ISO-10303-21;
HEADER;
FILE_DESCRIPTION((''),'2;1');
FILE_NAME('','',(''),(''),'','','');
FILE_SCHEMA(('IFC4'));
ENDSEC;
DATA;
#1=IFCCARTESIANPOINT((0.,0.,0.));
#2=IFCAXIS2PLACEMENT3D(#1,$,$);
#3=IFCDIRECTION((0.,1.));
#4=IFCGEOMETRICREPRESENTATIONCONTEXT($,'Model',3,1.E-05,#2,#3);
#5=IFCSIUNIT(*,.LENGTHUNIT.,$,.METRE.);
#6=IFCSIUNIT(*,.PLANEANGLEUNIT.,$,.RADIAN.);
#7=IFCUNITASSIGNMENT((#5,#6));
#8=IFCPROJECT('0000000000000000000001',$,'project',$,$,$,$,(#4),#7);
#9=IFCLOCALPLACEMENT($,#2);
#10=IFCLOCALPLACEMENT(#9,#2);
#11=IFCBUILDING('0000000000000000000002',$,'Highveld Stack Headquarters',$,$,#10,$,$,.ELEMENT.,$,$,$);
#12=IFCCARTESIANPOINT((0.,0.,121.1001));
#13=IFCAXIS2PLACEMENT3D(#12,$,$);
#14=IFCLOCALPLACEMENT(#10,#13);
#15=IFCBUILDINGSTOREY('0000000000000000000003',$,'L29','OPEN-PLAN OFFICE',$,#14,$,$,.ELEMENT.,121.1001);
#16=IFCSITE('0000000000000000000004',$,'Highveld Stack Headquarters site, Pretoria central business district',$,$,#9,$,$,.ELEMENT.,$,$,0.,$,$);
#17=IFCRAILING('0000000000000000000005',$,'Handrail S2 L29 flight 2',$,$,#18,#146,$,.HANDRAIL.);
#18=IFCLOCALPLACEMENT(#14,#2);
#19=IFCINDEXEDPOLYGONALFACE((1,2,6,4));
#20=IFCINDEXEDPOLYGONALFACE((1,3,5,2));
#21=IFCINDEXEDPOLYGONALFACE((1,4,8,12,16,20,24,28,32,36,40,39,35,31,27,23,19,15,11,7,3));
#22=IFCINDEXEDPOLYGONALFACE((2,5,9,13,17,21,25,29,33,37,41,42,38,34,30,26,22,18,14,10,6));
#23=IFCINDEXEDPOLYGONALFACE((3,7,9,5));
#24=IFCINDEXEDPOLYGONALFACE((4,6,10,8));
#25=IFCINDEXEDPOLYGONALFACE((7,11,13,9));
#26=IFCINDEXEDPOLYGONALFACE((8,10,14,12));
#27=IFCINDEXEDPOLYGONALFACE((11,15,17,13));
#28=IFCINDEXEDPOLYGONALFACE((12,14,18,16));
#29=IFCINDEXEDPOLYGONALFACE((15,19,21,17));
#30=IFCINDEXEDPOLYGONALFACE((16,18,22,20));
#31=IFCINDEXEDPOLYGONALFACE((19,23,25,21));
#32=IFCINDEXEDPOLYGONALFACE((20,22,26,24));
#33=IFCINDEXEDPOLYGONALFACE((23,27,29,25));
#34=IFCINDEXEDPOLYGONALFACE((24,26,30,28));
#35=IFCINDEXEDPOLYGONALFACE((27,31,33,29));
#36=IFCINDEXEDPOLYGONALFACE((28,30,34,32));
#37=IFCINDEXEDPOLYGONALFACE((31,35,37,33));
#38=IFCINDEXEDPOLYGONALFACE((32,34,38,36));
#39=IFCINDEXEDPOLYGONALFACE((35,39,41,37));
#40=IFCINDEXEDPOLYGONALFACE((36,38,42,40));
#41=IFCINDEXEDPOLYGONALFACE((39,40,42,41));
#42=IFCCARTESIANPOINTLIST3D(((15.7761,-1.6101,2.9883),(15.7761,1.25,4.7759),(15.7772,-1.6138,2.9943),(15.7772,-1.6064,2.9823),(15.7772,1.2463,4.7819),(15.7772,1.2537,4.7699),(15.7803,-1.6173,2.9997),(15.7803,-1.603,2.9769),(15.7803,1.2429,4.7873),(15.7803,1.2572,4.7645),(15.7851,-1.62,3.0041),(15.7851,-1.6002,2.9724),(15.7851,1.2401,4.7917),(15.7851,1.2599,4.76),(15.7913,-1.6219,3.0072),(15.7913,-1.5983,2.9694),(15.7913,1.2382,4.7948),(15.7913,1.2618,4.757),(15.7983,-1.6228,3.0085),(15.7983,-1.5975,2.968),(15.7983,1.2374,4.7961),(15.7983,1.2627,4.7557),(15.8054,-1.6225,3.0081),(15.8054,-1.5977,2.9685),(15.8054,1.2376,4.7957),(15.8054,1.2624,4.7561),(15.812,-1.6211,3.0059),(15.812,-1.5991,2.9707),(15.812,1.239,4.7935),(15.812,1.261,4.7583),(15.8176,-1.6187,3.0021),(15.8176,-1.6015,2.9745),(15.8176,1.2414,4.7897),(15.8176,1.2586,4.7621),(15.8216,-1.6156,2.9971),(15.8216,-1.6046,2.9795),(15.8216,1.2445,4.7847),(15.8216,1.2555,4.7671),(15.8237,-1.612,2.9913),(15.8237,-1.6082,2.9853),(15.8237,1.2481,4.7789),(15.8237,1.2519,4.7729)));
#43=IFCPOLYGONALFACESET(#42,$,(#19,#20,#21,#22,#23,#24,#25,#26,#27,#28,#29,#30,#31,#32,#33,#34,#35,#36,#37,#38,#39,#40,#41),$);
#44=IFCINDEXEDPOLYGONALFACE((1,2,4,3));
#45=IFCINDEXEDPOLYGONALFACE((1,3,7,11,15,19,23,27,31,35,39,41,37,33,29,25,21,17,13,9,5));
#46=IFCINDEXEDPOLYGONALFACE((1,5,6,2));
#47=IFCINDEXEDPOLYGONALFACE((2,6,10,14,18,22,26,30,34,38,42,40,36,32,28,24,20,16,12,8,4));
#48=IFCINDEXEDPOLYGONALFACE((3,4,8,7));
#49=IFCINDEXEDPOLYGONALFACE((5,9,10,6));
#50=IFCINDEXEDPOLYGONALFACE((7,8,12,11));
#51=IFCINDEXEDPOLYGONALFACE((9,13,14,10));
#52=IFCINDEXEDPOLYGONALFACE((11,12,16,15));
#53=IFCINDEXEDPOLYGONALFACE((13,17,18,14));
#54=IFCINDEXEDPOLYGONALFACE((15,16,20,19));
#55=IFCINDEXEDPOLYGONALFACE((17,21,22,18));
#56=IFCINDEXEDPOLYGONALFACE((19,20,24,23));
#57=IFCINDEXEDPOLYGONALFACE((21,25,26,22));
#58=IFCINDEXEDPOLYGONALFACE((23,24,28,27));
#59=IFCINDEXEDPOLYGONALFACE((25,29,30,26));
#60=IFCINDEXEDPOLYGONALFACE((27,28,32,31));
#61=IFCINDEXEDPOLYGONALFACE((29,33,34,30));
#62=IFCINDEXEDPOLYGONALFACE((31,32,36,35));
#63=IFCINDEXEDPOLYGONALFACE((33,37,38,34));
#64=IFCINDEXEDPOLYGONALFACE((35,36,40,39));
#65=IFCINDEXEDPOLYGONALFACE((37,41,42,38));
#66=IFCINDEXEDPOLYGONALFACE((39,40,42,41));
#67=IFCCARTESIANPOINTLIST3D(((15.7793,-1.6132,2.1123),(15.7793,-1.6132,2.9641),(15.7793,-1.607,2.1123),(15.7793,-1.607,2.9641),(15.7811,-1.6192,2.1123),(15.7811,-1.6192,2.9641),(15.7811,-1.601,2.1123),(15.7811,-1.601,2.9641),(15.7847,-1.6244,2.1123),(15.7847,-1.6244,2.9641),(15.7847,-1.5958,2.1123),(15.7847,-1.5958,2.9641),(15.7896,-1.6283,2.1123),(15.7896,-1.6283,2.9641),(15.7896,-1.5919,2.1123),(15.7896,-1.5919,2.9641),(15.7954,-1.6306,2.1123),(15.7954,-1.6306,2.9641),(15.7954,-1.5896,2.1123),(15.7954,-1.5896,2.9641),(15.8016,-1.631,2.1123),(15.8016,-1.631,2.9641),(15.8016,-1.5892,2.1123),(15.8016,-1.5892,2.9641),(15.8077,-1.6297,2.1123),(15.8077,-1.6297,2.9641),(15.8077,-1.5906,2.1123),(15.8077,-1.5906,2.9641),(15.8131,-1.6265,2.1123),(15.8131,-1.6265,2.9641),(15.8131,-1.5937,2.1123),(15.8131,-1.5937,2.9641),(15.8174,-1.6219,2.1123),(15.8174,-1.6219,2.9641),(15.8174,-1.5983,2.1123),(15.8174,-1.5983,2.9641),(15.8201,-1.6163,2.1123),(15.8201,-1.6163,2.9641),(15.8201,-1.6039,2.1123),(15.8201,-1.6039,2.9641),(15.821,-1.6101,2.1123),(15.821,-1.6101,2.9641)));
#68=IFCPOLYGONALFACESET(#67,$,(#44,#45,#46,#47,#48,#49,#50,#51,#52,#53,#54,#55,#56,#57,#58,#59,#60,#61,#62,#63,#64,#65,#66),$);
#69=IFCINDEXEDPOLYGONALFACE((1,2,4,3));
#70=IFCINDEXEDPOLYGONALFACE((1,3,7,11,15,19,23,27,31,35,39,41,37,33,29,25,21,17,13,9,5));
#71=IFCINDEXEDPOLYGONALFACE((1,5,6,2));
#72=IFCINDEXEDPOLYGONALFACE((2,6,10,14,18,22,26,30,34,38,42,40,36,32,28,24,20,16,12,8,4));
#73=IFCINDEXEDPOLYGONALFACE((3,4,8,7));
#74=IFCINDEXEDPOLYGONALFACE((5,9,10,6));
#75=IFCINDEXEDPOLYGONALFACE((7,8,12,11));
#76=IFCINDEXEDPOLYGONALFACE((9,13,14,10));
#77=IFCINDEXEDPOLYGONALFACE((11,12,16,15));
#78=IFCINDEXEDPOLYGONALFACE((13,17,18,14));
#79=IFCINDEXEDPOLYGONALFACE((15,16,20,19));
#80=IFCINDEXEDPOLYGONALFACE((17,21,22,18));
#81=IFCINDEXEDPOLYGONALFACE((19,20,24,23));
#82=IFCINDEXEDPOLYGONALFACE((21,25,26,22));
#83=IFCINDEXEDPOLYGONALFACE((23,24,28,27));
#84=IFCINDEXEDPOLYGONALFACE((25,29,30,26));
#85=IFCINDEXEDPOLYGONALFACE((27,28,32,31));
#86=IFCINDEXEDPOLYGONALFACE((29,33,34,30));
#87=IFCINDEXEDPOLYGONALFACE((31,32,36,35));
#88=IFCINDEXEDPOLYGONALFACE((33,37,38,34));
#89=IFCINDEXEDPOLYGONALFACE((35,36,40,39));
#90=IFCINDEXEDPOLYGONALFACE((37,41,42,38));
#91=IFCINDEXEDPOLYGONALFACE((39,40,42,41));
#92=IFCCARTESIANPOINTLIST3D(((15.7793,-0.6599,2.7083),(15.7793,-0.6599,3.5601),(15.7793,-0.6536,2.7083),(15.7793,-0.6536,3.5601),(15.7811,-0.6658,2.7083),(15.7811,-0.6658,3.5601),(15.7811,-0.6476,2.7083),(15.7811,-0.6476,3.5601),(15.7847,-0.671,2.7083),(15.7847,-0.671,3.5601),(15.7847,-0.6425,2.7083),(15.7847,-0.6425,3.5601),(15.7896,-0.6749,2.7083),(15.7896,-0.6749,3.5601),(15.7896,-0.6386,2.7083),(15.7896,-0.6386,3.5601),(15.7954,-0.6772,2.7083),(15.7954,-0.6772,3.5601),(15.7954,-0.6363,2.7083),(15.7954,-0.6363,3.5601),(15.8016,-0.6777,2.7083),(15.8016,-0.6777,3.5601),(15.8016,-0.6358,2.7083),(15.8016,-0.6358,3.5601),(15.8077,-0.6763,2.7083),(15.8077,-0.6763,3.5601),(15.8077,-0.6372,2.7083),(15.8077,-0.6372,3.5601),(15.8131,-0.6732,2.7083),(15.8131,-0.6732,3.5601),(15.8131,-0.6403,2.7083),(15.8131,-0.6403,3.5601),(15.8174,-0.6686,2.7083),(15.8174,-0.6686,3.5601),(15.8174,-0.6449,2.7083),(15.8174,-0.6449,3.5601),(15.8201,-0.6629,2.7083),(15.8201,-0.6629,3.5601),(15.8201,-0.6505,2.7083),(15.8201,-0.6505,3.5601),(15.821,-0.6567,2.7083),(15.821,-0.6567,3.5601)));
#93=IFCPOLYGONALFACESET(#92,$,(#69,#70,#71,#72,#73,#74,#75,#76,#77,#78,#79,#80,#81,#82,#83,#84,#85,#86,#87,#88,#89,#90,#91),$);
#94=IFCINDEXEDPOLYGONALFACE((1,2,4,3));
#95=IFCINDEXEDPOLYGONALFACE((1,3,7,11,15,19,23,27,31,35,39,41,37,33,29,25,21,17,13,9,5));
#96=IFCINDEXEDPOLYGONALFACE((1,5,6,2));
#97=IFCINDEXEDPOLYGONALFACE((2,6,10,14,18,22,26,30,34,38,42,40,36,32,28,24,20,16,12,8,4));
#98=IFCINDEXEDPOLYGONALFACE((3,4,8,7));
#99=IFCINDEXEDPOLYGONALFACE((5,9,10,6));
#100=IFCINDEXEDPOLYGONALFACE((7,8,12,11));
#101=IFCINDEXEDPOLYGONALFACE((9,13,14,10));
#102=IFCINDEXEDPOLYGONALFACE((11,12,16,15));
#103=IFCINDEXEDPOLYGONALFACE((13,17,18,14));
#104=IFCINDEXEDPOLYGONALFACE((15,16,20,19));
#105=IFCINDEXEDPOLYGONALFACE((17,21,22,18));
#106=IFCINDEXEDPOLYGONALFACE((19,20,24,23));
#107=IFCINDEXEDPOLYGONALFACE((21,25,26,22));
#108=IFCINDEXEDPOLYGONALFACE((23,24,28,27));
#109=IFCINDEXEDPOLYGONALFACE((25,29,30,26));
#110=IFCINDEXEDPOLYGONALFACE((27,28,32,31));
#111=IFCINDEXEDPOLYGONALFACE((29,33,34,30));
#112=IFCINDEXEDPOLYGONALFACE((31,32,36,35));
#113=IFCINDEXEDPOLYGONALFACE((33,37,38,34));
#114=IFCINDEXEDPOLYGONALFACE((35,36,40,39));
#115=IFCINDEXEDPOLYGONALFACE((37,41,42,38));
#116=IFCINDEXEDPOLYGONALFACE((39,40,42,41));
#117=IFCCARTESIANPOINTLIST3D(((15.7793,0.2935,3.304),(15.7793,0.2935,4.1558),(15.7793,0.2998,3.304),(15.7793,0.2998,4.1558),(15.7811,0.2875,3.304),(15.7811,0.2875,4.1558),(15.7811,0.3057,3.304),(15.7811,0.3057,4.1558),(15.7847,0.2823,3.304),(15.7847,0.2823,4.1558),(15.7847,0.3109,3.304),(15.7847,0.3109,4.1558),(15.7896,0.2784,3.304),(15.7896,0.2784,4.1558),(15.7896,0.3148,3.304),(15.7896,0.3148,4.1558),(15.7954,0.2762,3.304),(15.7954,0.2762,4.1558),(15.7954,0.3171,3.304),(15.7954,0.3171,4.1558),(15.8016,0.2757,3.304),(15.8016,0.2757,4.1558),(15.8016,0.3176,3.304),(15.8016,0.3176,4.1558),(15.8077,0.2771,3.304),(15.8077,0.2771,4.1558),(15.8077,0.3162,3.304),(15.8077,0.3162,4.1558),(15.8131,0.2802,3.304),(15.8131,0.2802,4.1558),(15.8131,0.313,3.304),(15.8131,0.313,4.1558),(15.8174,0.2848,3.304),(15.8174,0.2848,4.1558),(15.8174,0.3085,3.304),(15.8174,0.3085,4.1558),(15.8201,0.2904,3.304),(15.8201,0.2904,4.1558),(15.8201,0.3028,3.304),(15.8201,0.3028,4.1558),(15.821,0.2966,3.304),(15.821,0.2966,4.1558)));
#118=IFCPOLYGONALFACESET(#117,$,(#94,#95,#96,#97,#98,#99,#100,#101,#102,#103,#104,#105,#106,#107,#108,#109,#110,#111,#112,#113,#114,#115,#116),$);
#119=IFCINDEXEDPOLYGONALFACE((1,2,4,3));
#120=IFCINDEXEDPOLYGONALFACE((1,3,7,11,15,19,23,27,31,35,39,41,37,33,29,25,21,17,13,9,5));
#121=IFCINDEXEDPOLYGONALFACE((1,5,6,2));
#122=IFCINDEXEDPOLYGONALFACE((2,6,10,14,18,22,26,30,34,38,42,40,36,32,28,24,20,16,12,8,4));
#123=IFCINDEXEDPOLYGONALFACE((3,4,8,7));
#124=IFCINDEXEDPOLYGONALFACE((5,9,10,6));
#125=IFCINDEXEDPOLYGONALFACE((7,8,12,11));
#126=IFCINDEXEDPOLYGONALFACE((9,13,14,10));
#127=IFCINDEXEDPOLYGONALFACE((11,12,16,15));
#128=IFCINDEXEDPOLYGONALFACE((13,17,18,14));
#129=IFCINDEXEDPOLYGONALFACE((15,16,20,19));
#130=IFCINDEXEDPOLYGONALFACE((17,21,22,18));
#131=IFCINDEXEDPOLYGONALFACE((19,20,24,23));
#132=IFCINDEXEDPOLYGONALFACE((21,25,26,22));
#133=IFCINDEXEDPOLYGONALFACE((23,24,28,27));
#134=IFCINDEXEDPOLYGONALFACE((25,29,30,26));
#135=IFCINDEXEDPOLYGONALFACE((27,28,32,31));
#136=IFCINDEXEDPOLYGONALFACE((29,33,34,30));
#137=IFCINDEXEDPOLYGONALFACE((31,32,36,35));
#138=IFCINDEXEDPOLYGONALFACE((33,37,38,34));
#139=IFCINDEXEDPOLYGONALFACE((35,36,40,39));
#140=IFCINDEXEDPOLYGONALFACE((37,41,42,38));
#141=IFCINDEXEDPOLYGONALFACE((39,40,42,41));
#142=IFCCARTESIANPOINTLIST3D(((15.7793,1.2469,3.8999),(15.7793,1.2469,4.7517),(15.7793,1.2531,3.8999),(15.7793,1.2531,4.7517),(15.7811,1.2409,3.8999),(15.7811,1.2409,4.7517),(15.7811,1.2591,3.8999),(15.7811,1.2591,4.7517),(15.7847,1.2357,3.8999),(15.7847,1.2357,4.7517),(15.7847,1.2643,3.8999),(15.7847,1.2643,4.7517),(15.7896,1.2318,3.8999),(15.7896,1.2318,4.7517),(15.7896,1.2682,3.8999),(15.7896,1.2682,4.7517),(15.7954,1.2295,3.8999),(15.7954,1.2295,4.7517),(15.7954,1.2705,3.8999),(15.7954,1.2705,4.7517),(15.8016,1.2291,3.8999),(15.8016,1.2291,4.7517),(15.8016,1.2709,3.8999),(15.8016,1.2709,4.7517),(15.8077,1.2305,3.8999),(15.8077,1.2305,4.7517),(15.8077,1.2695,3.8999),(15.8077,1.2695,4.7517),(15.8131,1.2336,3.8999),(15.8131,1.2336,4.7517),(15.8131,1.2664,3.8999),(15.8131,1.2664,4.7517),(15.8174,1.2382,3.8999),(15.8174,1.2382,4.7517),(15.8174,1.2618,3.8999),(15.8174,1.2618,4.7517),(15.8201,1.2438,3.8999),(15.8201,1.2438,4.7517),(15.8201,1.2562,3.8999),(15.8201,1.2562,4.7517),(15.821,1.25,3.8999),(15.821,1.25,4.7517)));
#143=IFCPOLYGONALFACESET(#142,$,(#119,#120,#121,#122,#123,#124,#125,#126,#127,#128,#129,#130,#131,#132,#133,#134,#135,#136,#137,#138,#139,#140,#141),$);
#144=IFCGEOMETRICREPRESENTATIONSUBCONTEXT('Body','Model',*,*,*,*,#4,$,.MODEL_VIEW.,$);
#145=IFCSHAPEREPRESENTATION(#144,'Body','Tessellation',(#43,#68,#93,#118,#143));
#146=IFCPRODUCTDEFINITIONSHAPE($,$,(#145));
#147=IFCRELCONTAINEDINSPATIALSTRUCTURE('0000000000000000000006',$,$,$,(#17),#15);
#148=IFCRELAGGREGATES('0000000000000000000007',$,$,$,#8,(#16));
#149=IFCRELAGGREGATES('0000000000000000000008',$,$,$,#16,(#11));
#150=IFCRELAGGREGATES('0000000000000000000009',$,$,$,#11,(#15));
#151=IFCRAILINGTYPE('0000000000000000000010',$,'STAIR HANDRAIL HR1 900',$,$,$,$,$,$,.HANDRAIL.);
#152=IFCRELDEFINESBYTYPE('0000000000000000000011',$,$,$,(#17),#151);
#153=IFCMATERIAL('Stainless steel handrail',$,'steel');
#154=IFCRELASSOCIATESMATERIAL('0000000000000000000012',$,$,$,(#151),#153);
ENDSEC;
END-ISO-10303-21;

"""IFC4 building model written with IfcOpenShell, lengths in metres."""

from ifc_helpers import new_model, si_unit, direction, frame, origin, origin_2d, place, context, subcontext, project, spatial, circle, extrude, material, type_object, element, save


model = new_model("IFC4")

# Units and contexts
model_context = context("Model", 3, precision=1e-05, world=origin(), true_north=direction((0.0, 1.0)))
body_context = subcontext(model_context, "Body", "Model", "MODEL_VIEW")
ifc_project = project(units=[si_unit("LENGTHUNIT", "METRE"), si_unit("PLANEANGLEUNIT", "RADIAN")], contexts=[model_context])

# Site, building, storey
site_placement = place(None, origin())
site = spatial("IfcSite", under=ifc_project, at=site_placement, Name="Highveld Stack Headquarters site, Pretoria central business district", CompositionType="ELEMENT", RefElevation=0.0)
building_placement = place(site_placement, origin())
building = spatial("IfcBuilding", under=site, at=building_placement, Name="Highveld Stack Headquarters", CompositionType="ELEMENT")
storey_placement = place(building_placement, frame((0.0, 0.0, 121.1001)))
storey = spatial("IfcBuildingStorey", under=building, at=storey_placement, Name="L29", Description="OPEN-PLAN OFFICE", CompositionType="ELEMENT", Elevation=121.1001)

# Railing
ifc_material_1 = material(Name="Stainless steel handrail", Category="steel")
railing_type = type_object("IfcRailingType", Name="STAIR HANDRAIL HR1 900", PredefinedType="HANDRAIL", material=ifc_material_1)
railing_placement = place(storey_placement, frame((15.8, -1.6101, 2.1123)))
element("IfcRailing", 1, at=railing_placement, inside=storey, type_object=railing_type, Name="Handrail S2 L29 flight 2", PredefinedType="HANDRAIL", context=body_context, shape_type="SweptSolid", body=[
    extrude(circle(Radius=0.0239, at=origin_2d()), frame((0.0, 0.0, 0.876), z_axis=(0.0, 0.847994, 0.530005), x_axis=(-1.0, 0.0, 0.0)), (0.0, 0.0, 1.0), 3.3728),
    extrude(circle(Radius=0.021, at=origin_2d()), origin(), (0.0, 0.0, 1.0), 0.8518),
    extrude(circle(Radius=0.021, at=origin_2d()), frame((0.0, 0.9534, 0.5959)), (0.0, 0.0, 1.0), 0.8518),
    extrude(circle(Radius=0.021, at=origin_2d()), frame((0.0, 1.9067, 1.1917)), (0.0, 0.0, 1.0), 0.8518),
    extrude(circle(Radius=0.021, at=origin_2d()), frame((0.0, 2.8601, 1.7876)), (0.0, 0.0, 1.0), 0.8518),
])

save(model, "model.ifc")
